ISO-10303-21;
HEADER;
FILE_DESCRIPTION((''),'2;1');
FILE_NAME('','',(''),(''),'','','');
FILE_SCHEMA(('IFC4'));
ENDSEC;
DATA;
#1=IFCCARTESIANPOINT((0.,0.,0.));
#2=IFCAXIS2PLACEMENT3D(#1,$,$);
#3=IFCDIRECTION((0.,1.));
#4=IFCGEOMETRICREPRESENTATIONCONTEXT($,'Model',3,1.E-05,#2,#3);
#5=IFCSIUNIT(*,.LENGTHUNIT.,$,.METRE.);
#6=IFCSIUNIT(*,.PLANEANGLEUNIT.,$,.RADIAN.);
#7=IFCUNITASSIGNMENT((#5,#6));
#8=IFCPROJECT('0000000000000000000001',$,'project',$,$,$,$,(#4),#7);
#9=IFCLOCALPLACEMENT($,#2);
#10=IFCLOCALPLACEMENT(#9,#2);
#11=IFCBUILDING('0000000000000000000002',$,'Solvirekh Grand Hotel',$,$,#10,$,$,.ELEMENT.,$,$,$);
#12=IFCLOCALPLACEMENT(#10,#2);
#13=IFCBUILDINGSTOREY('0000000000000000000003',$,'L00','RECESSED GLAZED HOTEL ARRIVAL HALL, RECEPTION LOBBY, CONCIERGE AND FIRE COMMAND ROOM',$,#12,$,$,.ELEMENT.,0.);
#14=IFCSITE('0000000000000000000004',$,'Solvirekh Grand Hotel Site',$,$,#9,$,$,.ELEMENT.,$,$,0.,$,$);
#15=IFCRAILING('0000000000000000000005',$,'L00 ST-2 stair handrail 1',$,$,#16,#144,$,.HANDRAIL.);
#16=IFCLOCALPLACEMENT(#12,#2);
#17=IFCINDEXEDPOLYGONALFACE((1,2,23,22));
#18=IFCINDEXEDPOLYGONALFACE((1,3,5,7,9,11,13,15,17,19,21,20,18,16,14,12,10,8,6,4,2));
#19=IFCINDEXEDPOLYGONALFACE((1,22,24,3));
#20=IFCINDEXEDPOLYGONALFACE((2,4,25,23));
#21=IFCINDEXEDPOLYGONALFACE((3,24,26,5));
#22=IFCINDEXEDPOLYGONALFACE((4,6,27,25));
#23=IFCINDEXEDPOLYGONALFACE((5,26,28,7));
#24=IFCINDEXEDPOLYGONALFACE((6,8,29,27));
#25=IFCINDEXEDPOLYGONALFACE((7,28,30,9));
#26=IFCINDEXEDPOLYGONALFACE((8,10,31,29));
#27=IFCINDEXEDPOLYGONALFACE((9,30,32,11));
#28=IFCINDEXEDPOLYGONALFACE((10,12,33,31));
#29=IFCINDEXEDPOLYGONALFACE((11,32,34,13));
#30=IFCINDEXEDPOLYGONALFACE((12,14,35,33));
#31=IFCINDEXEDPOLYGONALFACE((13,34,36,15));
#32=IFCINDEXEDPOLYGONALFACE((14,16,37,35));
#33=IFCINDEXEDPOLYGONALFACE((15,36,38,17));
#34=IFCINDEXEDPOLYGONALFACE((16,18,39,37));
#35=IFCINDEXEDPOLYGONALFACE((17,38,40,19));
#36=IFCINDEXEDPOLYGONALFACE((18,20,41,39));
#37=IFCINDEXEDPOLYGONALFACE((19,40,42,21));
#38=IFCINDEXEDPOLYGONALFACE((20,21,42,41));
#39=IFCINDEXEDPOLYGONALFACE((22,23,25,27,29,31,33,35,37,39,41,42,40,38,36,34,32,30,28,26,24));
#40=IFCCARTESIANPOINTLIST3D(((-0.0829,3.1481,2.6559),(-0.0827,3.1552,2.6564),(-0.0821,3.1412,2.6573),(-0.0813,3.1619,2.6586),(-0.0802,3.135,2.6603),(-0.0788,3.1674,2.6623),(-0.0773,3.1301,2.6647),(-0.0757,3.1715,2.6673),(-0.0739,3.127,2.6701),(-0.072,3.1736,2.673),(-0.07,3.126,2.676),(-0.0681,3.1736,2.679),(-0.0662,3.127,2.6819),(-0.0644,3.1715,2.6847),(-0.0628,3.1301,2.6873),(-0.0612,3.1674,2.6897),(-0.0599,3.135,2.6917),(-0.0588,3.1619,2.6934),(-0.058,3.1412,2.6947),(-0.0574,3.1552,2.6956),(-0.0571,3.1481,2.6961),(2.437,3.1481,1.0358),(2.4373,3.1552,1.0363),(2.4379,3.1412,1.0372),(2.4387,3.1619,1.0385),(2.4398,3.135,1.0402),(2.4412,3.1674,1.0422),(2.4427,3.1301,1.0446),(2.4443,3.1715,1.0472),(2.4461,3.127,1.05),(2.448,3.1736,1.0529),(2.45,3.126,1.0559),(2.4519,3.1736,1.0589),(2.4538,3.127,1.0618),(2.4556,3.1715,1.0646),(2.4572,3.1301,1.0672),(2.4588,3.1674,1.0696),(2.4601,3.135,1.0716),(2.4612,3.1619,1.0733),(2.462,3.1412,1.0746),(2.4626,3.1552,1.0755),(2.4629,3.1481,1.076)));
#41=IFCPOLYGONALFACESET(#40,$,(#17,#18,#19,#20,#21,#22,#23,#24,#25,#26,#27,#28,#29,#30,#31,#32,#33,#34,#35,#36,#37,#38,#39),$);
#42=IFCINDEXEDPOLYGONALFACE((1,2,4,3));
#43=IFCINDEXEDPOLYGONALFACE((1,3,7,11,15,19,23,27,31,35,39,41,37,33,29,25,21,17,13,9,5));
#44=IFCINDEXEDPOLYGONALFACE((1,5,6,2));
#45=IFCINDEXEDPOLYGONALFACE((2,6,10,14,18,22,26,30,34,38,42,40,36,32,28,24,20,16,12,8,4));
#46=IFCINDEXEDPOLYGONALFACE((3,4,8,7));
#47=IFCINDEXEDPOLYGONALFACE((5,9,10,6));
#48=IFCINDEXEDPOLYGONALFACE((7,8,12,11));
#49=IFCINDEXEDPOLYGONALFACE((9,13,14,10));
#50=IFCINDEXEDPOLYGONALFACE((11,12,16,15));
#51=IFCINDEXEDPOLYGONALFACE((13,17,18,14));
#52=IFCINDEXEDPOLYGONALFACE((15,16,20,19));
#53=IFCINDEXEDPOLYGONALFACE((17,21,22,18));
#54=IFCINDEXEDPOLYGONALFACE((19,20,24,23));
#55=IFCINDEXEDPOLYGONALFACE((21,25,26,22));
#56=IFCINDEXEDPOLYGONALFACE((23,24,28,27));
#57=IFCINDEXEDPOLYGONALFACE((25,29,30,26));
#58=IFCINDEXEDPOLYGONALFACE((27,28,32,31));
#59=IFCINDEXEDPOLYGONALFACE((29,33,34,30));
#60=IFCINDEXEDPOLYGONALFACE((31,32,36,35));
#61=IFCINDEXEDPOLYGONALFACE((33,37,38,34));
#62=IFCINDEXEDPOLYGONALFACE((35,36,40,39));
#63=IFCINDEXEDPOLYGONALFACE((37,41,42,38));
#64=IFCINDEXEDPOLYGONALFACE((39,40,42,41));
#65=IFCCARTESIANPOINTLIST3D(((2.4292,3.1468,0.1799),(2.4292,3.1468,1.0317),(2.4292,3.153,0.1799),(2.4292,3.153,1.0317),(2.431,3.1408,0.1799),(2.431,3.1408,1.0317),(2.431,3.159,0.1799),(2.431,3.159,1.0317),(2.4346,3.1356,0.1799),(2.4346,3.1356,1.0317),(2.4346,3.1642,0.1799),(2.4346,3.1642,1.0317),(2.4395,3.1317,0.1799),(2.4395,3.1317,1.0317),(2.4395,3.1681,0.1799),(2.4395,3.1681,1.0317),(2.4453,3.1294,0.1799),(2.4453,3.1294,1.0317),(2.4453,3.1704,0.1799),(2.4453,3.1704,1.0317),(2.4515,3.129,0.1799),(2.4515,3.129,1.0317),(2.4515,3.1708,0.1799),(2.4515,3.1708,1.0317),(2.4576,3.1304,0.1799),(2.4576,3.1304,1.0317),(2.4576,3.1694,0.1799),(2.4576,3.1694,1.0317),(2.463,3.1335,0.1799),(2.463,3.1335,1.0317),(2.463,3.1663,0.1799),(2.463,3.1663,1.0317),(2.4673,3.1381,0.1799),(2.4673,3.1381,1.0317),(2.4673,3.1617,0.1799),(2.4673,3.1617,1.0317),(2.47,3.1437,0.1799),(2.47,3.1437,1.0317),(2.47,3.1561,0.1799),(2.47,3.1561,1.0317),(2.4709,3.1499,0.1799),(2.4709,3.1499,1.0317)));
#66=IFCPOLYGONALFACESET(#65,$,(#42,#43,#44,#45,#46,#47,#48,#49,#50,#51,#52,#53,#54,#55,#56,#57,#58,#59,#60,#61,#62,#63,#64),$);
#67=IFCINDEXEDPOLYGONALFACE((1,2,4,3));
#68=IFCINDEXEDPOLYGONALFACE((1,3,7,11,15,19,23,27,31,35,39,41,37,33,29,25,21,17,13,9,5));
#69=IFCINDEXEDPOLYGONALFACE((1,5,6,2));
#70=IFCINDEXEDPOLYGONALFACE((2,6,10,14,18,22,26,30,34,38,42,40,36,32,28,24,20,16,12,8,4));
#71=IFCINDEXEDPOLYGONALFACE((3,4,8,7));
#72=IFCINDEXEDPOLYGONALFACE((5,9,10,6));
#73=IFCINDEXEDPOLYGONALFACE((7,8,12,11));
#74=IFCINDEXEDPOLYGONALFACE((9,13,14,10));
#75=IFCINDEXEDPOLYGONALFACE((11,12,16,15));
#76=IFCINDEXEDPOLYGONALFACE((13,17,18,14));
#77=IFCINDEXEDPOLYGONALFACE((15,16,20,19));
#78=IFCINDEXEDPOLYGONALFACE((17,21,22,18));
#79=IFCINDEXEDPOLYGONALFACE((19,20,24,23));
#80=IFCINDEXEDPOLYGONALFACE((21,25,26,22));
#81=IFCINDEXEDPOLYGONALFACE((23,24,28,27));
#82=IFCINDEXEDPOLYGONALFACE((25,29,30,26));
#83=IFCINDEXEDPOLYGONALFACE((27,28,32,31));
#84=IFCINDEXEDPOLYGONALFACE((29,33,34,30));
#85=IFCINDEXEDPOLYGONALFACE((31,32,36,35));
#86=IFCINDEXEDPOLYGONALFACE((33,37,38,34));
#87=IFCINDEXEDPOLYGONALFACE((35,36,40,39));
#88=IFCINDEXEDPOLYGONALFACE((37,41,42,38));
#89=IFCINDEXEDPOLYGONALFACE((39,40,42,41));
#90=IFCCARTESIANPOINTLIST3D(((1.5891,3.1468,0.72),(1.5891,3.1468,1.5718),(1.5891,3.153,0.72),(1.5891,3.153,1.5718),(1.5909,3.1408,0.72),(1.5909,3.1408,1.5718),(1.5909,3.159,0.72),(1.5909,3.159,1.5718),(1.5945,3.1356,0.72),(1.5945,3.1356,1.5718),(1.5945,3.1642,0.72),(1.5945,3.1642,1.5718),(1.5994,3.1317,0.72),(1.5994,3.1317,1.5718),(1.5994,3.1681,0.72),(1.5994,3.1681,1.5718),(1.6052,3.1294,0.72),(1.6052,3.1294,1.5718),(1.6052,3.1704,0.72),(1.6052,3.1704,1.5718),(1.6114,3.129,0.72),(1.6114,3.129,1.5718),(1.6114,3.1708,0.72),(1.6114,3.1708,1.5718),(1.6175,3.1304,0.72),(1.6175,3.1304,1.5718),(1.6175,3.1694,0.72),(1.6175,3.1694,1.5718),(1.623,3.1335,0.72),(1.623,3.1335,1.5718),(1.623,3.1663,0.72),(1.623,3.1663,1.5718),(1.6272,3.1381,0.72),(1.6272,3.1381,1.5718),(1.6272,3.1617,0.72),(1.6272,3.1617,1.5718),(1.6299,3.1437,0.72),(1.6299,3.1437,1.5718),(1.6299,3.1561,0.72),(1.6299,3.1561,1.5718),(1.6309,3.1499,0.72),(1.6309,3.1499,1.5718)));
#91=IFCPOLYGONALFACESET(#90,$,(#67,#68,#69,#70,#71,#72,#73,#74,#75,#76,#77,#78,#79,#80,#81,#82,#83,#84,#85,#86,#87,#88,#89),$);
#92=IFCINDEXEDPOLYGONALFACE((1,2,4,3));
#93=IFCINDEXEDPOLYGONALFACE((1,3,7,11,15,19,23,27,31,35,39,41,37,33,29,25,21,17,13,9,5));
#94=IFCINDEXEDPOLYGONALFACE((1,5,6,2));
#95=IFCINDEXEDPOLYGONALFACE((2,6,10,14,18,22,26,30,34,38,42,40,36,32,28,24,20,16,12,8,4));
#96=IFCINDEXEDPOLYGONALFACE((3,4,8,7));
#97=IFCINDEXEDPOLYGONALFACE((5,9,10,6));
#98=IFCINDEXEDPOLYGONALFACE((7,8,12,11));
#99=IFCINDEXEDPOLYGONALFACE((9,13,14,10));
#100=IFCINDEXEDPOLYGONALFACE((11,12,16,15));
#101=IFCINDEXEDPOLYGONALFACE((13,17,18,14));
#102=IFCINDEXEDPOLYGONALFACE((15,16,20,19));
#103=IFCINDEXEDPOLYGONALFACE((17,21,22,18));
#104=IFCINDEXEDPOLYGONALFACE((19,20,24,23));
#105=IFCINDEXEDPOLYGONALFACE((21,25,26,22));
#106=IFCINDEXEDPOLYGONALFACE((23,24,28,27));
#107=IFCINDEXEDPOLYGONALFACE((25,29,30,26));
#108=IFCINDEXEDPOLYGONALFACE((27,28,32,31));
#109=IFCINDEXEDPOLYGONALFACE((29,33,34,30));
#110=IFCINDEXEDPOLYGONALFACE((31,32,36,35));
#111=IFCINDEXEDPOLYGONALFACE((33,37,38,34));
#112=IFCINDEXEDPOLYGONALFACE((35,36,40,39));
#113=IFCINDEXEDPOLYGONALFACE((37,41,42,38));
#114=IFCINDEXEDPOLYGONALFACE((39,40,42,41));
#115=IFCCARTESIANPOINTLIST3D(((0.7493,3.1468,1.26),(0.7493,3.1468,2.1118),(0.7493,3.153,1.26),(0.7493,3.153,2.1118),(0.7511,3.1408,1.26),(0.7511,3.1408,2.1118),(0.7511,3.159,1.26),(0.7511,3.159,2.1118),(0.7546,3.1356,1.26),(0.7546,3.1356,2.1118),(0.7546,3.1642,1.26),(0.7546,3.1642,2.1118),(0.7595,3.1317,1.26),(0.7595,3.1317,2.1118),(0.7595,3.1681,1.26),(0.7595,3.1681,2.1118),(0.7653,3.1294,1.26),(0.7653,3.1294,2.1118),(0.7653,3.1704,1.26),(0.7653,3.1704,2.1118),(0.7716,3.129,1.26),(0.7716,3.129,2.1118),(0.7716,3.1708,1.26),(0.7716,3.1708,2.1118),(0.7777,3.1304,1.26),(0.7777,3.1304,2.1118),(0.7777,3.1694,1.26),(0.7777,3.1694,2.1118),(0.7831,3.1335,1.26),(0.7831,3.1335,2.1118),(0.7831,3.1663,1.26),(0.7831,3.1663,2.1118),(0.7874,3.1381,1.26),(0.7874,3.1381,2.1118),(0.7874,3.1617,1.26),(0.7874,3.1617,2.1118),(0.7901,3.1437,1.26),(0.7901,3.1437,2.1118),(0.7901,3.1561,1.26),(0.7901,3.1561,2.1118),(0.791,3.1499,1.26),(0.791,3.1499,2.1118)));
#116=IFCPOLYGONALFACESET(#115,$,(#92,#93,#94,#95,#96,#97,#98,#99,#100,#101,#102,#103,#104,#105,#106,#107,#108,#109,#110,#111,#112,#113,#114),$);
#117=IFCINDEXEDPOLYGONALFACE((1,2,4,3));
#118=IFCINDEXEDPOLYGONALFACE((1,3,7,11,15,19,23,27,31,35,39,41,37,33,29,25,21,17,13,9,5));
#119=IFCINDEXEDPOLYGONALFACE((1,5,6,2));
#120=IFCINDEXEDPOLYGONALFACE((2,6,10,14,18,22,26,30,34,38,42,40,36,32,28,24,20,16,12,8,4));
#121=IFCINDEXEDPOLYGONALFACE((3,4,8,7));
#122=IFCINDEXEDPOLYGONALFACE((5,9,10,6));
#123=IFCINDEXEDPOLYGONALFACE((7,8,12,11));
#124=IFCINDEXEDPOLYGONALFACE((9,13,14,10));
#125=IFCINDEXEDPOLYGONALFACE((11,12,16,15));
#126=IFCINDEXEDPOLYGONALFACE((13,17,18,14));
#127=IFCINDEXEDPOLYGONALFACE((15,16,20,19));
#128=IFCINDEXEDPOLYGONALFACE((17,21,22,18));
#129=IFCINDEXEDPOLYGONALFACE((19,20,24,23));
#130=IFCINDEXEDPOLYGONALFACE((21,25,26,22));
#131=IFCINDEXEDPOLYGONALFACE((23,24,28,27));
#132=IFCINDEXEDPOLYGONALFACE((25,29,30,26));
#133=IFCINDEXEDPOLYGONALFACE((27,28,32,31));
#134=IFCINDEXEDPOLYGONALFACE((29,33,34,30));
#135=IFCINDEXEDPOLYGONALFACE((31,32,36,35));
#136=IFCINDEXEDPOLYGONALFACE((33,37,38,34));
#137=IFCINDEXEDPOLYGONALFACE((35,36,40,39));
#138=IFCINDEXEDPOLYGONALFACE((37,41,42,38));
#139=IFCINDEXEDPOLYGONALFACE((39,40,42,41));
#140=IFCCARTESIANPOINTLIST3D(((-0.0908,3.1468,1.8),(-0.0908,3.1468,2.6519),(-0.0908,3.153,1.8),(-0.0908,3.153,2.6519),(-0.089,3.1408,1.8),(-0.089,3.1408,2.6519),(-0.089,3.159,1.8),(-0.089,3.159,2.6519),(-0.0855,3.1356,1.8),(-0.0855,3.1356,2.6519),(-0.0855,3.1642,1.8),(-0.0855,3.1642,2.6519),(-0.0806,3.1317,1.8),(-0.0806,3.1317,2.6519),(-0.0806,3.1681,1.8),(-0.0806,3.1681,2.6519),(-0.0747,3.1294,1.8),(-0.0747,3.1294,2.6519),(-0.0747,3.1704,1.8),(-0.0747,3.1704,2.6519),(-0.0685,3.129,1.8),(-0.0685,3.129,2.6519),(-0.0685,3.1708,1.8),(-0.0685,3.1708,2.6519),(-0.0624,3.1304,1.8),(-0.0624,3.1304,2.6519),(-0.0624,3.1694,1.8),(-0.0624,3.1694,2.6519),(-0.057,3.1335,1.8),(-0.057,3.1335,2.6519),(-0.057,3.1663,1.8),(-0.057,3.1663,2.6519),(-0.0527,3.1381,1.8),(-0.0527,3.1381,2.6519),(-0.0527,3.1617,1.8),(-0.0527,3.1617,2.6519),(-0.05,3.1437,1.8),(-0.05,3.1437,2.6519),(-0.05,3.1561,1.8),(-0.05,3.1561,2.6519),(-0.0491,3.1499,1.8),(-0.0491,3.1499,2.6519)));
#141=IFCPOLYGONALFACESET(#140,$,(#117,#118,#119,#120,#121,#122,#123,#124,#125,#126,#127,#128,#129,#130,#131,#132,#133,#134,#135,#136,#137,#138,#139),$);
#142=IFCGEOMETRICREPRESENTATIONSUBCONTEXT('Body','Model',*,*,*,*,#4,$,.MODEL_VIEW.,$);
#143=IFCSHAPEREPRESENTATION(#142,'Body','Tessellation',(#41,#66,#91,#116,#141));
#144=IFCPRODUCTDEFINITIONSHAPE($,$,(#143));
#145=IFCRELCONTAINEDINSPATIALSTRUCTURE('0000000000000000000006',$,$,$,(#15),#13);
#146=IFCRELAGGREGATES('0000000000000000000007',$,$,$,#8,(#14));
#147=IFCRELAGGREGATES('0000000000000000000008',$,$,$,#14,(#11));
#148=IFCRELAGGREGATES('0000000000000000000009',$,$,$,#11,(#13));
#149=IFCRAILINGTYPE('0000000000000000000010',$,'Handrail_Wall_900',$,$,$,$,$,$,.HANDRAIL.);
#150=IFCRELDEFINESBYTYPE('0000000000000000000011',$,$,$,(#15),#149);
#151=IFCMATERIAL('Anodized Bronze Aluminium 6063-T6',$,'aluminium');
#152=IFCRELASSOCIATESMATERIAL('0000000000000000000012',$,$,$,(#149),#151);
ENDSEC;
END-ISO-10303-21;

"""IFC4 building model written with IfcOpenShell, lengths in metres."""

from ifc_helpers import new_model, si_unit, direction, frame, origin, origin_2d, place, context, subcontext, project, spatial, circle, extrude, material, type_object, element, save


model = new_model("IFC4")

# Units and contexts
model_context = context("Model", 3, precision=1e-05, world=origin(), true_north=direction((0.0, 1.0)))
body_context = subcontext(model_context, "Body", "Model", "MODEL_VIEW")
ifc_project = project(units=[si_unit("LENGTHUNIT", "METRE"), si_unit("PLANEANGLEUNIT", "RADIAN")], contexts=[model_context])

# Site, building, storey
site_placement = place(None, origin())
site = spatial("IfcSite", under=ifc_project, at=site_placement, Name="Solvirekh Grand Hotel Site", CompositionType="ELEMENT", RefElevation=0.0)
building_placement = place(site_placement, origin())
building = spatial("IfcBuilding", under=site, at=building_placement, Name="Solvirekh Grand Hotel", CompositionType="ELEMENT")
storey_placement = place(building_placement, origin())
storey = spatial("IfcBuildingStorey", under=building, at=storey_placement, Name="L00", Description="RECESSED GLAZED HOTEL ARRIVAL HALL, RECEPTION LOBBY, CONCIERGE AND FIRE COMMAND ROOM", CompositionType="ELEMENT", Elevation=0.0)

# Railing
ifc_material_1 = material(Name="Anodized Bronze Aluminium 6063-T6", Category="aluminium")
railing_type_1 = type_object("IfcRailingType", Name="Handrail_Wall_900", PredefinedType="HANDRAIL", material=ifc_material_1)
railing_1_placement = place(storey_placement, frame((2.45, 3.1499, 0.1799)))
element("IfcRailing", 1, at=railing_1_placement, inside=storey, type_object=railing_type_1, Name="L00 ST-2 stair handrail 1", PredefinedType="HANDRAIL", context=body_context, shape_type="SweptSolid", body=[
    extrude(circle(Radius=0.0239, at=origin_2d()), frame((0.0, 0.0, 0.876), z_axis=(-0.841163, 0.0, 0.540782), x_axis=(0.0, -1.0, 0.0)), (0.0, 0.0, 1.0), 2.9958),
    extrude(circle(Radius=0.021, at=origin_2d()), origin(), (0.0, 0.0, 1.0), 0.8518),
    extrude(circle(Radius=0.021, at=origin_2d()), frame((-0.8401, 0.0, 0.54)), (0.0, 0.0, 1.0), 0.8518),
    extrude(circle(Radius=0.021, at=origin_2d()), frame((-1.6799, 0.0, 1.0801)), (0.0, 0.0, 1.0), 0.8518),
    extrude(circle(Radius=0.021, at=origin_2d()), frame((-2.52, 0.0, 1.6201)), (0.0, 0.0, 1.0), 0.8518),
])

save(model, "model.ifc")
